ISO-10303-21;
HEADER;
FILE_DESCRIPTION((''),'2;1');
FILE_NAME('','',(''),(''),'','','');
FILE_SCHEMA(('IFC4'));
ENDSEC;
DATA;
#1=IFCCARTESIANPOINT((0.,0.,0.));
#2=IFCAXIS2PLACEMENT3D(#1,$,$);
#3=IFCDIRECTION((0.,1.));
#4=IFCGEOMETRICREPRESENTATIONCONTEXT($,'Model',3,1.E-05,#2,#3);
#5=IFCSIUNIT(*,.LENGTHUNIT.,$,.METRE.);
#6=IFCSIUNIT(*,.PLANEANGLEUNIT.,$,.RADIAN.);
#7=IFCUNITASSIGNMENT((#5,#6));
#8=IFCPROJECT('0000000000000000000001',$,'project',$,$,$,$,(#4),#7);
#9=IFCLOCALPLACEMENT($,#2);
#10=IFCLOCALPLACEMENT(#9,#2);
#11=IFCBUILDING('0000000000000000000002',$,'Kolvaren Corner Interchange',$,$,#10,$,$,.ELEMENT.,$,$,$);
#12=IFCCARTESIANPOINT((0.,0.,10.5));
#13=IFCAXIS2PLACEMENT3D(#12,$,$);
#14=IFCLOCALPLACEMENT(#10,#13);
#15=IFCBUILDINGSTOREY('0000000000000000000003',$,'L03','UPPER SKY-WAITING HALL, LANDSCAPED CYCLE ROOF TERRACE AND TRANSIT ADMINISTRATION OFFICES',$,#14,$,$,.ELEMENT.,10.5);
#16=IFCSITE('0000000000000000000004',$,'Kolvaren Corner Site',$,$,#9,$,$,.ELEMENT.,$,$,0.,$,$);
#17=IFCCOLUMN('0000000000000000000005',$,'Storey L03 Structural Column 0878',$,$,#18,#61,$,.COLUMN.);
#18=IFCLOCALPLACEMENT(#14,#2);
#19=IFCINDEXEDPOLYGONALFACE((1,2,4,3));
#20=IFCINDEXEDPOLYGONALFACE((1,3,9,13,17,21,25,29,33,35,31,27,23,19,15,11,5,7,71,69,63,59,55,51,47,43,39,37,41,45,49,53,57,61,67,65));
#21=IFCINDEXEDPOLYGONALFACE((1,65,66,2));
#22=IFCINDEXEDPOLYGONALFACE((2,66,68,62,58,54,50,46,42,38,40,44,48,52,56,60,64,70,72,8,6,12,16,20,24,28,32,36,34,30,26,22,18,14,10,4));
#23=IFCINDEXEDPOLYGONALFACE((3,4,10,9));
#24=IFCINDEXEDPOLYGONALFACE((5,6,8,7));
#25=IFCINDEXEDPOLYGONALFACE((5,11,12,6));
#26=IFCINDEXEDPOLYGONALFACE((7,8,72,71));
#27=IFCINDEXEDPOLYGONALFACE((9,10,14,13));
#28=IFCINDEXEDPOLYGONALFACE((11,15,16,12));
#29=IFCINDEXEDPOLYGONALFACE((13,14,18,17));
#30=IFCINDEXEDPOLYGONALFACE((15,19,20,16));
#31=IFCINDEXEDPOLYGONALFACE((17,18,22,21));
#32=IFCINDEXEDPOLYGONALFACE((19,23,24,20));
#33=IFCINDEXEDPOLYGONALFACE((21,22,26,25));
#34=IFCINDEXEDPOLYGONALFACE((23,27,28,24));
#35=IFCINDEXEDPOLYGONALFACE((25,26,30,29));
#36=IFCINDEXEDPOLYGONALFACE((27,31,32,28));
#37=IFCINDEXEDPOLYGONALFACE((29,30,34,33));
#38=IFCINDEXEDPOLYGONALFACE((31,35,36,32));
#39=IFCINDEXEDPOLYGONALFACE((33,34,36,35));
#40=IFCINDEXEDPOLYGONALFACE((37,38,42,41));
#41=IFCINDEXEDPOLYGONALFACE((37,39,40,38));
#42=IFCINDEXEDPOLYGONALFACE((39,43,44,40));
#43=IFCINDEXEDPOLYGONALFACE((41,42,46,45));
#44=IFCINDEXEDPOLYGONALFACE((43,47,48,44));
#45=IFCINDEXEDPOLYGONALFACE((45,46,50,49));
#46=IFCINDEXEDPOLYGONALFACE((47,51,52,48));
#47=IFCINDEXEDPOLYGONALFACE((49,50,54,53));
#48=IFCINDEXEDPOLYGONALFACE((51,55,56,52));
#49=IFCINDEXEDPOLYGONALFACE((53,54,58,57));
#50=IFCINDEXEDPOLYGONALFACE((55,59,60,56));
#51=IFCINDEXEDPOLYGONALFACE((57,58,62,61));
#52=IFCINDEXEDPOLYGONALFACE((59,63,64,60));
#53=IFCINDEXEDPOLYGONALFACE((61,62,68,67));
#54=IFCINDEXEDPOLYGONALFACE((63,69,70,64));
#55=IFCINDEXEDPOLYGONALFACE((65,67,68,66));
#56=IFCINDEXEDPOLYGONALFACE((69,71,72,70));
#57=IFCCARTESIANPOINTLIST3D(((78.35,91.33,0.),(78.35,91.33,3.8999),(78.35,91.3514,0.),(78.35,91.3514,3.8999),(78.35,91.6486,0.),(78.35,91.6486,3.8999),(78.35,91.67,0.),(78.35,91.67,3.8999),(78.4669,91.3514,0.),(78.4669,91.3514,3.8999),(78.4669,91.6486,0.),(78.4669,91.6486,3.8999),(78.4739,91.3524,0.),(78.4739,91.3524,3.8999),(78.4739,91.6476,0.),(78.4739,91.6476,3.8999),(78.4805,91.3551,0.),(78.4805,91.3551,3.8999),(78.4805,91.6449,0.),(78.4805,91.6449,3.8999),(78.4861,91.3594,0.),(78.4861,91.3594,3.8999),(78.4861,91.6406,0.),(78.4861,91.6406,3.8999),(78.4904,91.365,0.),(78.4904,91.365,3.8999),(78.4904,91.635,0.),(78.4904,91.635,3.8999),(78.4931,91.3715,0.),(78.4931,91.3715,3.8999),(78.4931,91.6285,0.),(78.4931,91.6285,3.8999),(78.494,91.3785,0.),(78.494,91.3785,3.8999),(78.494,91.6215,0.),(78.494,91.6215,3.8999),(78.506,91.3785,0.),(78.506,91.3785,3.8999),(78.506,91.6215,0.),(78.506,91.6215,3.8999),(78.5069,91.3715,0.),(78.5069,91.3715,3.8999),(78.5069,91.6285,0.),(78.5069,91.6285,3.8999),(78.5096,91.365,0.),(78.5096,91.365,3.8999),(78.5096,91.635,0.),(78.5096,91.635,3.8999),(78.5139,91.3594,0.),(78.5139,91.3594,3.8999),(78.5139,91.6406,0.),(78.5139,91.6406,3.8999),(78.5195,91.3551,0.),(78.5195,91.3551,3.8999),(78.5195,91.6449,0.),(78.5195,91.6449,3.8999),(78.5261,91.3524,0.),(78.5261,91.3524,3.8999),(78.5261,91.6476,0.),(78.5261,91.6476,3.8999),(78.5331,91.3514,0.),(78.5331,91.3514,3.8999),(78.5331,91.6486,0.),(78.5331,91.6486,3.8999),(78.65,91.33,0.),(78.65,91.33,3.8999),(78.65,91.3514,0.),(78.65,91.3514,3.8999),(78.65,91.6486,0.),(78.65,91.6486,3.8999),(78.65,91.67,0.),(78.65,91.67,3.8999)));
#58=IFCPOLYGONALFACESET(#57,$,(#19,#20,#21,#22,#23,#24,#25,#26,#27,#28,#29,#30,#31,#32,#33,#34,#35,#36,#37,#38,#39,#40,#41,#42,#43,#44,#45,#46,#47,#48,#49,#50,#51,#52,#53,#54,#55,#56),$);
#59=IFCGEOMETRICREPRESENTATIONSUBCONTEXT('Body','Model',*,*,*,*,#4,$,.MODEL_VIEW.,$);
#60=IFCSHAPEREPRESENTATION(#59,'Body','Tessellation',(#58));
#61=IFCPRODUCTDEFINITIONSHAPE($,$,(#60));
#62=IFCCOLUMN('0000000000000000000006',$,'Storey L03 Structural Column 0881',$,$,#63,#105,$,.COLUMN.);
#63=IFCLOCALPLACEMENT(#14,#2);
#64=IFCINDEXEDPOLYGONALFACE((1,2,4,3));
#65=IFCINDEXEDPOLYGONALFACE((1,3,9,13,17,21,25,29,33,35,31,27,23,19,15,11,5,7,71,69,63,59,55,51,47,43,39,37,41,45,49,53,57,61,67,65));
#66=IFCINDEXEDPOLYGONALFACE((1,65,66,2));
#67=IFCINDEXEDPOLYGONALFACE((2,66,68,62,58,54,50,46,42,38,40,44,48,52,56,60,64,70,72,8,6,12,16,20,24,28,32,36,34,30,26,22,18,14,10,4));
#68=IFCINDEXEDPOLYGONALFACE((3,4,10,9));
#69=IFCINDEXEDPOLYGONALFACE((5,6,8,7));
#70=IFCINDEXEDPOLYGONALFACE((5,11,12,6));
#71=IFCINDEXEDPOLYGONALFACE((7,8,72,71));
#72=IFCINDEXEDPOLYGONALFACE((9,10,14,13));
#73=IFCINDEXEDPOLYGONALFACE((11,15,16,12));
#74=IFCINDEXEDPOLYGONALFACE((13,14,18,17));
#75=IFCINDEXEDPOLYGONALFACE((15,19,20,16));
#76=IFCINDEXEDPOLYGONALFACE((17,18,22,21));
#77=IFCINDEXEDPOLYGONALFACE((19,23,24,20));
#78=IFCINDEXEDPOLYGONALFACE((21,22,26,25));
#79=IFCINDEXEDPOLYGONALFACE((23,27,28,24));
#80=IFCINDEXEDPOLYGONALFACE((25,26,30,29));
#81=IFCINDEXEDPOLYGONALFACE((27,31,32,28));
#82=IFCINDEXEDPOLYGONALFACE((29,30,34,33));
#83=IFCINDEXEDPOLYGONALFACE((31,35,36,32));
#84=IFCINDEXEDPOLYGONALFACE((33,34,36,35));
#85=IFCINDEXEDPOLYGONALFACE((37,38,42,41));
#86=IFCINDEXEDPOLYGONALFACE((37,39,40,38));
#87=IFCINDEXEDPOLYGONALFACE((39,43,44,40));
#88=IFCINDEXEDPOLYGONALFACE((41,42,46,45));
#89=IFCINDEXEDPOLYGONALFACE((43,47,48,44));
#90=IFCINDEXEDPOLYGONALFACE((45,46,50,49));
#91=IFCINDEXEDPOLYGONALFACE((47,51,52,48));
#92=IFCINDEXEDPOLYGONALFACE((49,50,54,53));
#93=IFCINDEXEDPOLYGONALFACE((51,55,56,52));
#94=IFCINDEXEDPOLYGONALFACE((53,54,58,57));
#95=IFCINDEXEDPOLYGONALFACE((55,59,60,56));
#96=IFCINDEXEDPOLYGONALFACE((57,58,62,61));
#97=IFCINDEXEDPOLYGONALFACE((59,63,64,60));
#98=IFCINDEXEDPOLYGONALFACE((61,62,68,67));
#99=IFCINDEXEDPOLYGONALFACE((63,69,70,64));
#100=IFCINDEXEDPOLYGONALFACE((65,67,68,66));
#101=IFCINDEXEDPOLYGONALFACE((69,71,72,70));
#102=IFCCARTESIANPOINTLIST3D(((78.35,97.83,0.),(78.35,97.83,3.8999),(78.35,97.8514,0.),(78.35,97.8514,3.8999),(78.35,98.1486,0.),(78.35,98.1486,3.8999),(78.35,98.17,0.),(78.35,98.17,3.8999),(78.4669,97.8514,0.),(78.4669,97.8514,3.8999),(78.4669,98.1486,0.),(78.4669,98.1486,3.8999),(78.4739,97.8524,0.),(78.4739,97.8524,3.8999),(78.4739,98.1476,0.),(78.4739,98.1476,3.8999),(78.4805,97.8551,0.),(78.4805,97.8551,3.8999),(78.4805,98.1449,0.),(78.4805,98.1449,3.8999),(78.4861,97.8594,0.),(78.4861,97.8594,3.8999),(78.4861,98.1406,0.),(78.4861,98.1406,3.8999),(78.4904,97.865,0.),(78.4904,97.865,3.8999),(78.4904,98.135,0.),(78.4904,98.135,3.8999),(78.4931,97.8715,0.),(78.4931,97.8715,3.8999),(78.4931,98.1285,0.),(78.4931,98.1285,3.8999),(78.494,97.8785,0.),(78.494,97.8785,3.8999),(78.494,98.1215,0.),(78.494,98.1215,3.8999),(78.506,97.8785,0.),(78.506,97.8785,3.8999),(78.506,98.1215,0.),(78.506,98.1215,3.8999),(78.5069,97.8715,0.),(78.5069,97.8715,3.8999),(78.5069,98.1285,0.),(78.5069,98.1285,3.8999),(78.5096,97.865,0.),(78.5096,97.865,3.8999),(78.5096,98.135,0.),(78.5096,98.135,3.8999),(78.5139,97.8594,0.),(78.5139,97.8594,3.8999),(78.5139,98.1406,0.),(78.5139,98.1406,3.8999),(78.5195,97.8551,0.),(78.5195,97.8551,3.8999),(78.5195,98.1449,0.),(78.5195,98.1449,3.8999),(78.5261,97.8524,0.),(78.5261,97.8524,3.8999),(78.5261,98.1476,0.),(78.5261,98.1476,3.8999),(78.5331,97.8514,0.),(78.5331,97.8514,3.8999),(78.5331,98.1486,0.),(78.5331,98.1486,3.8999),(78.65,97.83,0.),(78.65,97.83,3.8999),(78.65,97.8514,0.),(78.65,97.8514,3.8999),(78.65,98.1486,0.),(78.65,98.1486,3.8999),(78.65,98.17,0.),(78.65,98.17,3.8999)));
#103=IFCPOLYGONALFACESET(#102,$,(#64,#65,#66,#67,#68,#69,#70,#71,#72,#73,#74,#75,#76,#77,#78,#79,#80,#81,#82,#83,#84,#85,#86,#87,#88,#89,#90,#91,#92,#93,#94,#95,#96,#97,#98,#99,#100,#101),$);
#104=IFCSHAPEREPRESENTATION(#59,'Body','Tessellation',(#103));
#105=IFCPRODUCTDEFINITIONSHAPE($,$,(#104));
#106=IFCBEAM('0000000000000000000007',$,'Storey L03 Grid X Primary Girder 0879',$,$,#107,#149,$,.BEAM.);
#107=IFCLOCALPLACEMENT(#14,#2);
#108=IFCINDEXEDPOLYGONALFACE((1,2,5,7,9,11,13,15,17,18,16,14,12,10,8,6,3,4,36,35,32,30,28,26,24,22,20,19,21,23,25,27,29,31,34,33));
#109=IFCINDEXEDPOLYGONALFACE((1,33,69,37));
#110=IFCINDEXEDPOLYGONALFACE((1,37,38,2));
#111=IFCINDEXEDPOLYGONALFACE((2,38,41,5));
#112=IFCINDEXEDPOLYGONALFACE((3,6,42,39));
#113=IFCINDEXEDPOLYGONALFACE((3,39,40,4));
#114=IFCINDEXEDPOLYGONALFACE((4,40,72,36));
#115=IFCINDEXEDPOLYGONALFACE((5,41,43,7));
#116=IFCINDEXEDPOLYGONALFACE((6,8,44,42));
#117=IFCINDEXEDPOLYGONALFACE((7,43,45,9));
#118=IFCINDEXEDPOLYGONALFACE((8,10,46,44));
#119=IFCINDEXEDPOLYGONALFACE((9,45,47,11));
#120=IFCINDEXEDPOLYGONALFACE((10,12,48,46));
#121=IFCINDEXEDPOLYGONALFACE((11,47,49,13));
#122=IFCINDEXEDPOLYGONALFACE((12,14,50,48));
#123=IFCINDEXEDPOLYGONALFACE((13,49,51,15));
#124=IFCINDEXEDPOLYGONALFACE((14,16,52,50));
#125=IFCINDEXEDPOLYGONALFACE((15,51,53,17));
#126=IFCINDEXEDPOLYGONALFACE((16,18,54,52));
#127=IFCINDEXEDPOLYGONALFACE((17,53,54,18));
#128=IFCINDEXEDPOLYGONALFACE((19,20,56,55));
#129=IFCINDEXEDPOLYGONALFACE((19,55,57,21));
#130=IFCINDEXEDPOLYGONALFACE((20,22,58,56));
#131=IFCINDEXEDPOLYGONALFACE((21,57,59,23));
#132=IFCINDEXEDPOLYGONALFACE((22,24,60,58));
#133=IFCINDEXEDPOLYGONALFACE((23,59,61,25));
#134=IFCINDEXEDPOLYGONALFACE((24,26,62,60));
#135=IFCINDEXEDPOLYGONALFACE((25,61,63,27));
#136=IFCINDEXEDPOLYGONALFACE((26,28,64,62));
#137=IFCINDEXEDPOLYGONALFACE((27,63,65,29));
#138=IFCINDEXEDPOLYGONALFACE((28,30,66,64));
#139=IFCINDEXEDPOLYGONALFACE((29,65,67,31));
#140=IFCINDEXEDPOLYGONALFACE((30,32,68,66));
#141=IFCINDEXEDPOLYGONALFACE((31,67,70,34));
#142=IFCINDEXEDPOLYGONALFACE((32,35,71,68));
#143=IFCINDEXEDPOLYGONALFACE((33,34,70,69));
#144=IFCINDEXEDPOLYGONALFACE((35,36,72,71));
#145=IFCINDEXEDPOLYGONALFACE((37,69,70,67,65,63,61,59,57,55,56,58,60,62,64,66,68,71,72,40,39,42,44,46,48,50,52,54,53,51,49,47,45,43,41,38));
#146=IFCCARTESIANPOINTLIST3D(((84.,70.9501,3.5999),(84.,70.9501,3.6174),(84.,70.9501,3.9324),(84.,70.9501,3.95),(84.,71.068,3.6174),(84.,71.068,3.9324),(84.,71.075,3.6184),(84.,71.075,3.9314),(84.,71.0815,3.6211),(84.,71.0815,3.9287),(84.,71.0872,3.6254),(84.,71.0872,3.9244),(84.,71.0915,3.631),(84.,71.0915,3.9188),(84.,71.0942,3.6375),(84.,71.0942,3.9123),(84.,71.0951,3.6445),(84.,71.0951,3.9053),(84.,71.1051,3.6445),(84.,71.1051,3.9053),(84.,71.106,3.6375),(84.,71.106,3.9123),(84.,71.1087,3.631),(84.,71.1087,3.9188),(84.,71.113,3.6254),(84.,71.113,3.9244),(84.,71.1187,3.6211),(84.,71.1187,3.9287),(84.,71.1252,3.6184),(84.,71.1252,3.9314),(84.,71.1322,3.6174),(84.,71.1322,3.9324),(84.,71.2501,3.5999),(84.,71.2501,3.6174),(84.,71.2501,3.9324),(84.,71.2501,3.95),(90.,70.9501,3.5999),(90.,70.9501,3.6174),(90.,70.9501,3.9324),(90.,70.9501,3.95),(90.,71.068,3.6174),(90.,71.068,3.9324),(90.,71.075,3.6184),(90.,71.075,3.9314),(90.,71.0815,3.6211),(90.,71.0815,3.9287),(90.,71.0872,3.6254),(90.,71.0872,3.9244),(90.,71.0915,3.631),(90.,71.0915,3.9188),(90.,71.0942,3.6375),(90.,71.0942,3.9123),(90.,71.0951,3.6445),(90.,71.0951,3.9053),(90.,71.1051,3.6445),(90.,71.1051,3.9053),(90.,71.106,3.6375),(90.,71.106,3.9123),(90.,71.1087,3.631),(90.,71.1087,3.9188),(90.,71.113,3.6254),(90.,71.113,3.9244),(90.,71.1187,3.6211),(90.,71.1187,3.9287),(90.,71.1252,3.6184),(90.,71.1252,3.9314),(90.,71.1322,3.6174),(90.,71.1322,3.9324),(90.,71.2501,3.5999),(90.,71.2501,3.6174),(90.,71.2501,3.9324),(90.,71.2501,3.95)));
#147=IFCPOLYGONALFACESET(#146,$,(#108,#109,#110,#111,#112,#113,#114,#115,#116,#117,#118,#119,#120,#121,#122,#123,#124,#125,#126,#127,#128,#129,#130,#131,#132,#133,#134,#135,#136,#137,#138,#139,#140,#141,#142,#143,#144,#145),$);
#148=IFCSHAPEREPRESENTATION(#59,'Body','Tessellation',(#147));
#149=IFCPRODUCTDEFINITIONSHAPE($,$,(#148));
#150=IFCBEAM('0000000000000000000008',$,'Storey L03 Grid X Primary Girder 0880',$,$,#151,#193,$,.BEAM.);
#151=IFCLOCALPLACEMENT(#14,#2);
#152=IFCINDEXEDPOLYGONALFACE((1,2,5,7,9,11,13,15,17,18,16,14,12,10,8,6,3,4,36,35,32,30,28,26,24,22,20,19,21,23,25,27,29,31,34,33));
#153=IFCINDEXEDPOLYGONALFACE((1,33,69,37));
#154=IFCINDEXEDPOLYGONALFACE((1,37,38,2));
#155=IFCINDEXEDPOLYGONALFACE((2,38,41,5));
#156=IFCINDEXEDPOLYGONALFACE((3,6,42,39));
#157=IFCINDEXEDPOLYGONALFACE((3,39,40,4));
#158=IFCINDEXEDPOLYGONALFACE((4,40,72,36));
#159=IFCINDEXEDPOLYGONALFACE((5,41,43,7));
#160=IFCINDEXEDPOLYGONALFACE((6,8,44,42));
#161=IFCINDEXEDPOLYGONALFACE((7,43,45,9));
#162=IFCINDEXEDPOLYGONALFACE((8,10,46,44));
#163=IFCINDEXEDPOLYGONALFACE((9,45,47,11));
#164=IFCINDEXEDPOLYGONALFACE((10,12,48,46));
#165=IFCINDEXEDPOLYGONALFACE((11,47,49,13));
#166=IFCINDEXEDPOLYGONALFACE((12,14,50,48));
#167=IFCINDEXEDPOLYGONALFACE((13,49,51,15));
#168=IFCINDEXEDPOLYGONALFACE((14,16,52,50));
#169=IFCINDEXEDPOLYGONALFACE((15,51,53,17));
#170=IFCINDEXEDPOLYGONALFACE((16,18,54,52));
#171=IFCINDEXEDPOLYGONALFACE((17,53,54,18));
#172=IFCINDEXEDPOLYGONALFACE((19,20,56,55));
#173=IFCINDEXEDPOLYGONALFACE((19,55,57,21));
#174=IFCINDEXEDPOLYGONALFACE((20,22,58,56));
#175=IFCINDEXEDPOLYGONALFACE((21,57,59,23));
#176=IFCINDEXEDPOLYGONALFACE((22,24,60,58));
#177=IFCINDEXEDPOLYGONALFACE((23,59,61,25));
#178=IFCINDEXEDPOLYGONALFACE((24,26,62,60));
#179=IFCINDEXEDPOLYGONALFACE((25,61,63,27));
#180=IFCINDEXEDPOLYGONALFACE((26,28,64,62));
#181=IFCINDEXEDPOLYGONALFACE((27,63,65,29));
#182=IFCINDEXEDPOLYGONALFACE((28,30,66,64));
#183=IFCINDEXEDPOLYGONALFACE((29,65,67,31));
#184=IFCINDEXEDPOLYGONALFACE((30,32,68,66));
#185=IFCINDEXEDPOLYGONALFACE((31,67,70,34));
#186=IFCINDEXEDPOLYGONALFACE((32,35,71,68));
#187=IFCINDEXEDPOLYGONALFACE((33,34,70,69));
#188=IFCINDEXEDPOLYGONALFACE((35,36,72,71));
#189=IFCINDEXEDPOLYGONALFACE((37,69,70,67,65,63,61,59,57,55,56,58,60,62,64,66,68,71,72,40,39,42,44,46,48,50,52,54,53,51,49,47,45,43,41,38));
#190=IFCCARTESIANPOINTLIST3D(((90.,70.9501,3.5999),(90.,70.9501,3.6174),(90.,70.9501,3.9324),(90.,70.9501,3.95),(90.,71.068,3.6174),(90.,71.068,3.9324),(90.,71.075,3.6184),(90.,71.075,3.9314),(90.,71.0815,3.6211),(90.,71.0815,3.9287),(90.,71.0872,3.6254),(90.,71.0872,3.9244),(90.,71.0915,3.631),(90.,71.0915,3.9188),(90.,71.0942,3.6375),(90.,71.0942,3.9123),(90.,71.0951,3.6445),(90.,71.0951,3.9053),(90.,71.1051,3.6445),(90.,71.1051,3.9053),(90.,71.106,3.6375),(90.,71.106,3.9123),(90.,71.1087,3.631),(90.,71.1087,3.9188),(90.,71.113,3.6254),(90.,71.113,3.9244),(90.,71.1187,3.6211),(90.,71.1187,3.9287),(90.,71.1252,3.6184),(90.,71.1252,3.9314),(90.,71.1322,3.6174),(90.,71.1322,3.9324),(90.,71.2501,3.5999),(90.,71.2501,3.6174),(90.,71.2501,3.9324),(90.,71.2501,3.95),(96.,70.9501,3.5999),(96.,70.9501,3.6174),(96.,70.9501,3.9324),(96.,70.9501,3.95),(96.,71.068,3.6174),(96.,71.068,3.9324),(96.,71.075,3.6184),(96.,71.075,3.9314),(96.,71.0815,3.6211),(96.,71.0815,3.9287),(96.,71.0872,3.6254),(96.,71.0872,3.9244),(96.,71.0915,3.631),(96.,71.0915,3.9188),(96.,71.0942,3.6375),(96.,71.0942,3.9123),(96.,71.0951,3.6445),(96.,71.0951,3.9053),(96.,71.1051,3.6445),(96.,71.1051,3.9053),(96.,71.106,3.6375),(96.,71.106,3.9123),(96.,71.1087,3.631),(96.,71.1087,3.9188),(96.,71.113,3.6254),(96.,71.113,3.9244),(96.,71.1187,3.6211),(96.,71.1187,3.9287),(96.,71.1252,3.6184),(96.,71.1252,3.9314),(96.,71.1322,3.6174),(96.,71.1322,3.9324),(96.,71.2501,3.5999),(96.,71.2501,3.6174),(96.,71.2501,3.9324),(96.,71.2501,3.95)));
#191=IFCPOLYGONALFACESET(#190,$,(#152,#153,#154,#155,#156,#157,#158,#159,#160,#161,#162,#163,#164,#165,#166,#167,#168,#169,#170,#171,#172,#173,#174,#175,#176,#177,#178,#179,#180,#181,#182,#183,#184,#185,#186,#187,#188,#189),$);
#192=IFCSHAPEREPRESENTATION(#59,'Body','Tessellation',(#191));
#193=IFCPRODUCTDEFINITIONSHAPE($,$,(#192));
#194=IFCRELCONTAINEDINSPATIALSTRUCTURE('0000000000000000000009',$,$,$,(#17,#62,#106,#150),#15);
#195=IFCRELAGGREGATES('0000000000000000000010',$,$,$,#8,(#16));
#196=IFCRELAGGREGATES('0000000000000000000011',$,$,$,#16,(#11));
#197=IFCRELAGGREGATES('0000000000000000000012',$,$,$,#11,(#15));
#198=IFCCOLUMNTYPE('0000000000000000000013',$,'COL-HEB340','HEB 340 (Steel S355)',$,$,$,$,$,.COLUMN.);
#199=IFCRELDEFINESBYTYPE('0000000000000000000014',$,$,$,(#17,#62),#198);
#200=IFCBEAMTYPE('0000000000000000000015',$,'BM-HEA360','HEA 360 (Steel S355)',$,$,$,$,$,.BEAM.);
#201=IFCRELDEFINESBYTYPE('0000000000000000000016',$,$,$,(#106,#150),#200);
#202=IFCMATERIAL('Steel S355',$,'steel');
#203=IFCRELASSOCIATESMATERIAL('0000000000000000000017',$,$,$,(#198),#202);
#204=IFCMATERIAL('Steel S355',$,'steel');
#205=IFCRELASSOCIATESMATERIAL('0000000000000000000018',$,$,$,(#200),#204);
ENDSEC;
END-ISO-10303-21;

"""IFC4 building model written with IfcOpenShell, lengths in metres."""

from ifc_helpers import new_model, si_unit, direction, frame, origin, origin_2d, place, context, subcontext, project, spatial, i_section, extrude, material, material_profile, profile_set, type_object, element, save


model = new_model("IFC4")

# Units and contexts
model_context = context("Model", 3, precision=1e-05, world=origin(), true_north=direction((0.0, 1.0)))
body_context = subcontext(model_context, "Body", "Model", "MODEL_VIEW")
ifc_project = project(units=[si_unit("LENGTHUNIT", "METRE"), si_unit("PLANEANGLEUNIT", "RADIAN")], contexts=[model_context])

# Site, building, storey
site_placement = place(None, origin())
site = spatial("IfcSite", under=ifc_project, at=site_placement, Name="Kolvaren Corner Site", CompositionType="ELEMENT", RefElevation=0.0)
building_placement = place(site_placement, origin())
building = spatial("IfcBuilding", under=site, at=building_placement, Name="Kolvaren Corner Interchange", CompositionType="ELEMENT")
storey_placement = place(building_placement, frame((0.0, 0.0, 10.5)))
storey = spatial("IfcBuildingStorey", under=building, at=storey_placement, Name="L03", Description="UPPER SKY-WAITING HALL, LANDSCAPED CYCLE ROOF TERRACE AND TRANSIT ADMINISTRATION OFFICES", CompositionType="ELEMENT", Elevation=10.5)

# Columns
ifc_material_1 = material(Name="Steel S355", Category="steel")
ifc_material_profile_1 = material_profile(ifc_material_1, i_section(OverallWidth=0.3, OverallDepth=0.3401, WebThickness=0.012, FlangeThickness=0.0215, FilletRadius=0.0271, at=origin_2d()), Name="HEB 340")
ifc_profile_set_1 = profile_set([ifc_material_profile_1], Name="Steel S355")
column_type_1 = type_object("IfcColumnType", Name="COL-HEB340", Description="HEB 340 (Steel S355)", PredefinedType="COLUMN", material=ifc_profile_set_1)
for number, where, z_axis, x_axis, name in (
    (1, (78.5, 91.5, 0.0), (0.0, 0.0, 1.0), (1.0, 0.0, 0.0), "Storey L03 Structural Column 0878"),
    (2, (78.5, 98.0, 0.0), (0.0, 0.0, 1.0), (1.0, 0.0, 0.0), "Storey L03 Structural Column 0881"),
):
    element("IfcColumn", number, at=place(storey_placement, frame(where, z_axis=z_axis, x_axis=x_axis)), inside=storey, type_object=column_type_1, Name=name, PredefinedType="COLUMN", context=body_context, shape_type="SweptSolid", body=[
        extrude(i_section(OverallWidth=0.3, OverallDepth=0.3401, WebThickness=0.012, FlangeThickness=0.0215, FilletRadius=0.0271, at=origin_2d()), origin(), (0.0, 0.0, 1.0), 3.8999),
    ])

# Beams
ifc_material_2 = material(Name="Steel S355", Category="steel")
ifc_material_profile_2 = material_profile(ifc_material_2, i_section(OverallWidth=0.3, OverallDepth=0.3501, WebThickness=0.01, FlangeThickness=0.0176, FilletRadius=0.0271, at=origin_2d()), Name="HEA 360")
ifc_profile_set_2 = profile_set([ifc_material_profile_2], Name="Steel S355")
beam_type_1 = type_object("IfcBeamType", Name="BM-HEA360", Description="HEA 360 (Steel S355)", PredefinedType="BEAM", material=ifc_profile_set_2)
for number, where, z_axis, x_axis, name in (
    (3, (84.0, 71.1001, 3.7749), (1.0, 0.0, 0.0), (0.0, 1.0, 0.0), "Storey L03 Grid X Primary Girder 0879"),
    (4, (90.0, 71.1001, 3.7749), (1.0, 0.0, 0.0), (0.0, 1.0, 0.0), "Storey L03 Grid X Primary Girder 0880"),
):
    element("IfcBeam", number, at=place(storey_placement, frame(where, z_axis=z_axis, x_axis=x_axis)), inside=storey, type_object=beam_type_1, Name=name, PredefinedType="BEAM", context=body_context, shape_type="SweptSolid", body=[
        extrude(i_section(OverallWidth=0.3, OverallDepth=0.3501, WebThickness=0.01, FlangeThickness=0.0176, FilletRadius=0.0271, at=origin_2d()), origin(), (0.0, 0.0, 1.0), 6.0),
    ])

save(model, "model.ifc")
